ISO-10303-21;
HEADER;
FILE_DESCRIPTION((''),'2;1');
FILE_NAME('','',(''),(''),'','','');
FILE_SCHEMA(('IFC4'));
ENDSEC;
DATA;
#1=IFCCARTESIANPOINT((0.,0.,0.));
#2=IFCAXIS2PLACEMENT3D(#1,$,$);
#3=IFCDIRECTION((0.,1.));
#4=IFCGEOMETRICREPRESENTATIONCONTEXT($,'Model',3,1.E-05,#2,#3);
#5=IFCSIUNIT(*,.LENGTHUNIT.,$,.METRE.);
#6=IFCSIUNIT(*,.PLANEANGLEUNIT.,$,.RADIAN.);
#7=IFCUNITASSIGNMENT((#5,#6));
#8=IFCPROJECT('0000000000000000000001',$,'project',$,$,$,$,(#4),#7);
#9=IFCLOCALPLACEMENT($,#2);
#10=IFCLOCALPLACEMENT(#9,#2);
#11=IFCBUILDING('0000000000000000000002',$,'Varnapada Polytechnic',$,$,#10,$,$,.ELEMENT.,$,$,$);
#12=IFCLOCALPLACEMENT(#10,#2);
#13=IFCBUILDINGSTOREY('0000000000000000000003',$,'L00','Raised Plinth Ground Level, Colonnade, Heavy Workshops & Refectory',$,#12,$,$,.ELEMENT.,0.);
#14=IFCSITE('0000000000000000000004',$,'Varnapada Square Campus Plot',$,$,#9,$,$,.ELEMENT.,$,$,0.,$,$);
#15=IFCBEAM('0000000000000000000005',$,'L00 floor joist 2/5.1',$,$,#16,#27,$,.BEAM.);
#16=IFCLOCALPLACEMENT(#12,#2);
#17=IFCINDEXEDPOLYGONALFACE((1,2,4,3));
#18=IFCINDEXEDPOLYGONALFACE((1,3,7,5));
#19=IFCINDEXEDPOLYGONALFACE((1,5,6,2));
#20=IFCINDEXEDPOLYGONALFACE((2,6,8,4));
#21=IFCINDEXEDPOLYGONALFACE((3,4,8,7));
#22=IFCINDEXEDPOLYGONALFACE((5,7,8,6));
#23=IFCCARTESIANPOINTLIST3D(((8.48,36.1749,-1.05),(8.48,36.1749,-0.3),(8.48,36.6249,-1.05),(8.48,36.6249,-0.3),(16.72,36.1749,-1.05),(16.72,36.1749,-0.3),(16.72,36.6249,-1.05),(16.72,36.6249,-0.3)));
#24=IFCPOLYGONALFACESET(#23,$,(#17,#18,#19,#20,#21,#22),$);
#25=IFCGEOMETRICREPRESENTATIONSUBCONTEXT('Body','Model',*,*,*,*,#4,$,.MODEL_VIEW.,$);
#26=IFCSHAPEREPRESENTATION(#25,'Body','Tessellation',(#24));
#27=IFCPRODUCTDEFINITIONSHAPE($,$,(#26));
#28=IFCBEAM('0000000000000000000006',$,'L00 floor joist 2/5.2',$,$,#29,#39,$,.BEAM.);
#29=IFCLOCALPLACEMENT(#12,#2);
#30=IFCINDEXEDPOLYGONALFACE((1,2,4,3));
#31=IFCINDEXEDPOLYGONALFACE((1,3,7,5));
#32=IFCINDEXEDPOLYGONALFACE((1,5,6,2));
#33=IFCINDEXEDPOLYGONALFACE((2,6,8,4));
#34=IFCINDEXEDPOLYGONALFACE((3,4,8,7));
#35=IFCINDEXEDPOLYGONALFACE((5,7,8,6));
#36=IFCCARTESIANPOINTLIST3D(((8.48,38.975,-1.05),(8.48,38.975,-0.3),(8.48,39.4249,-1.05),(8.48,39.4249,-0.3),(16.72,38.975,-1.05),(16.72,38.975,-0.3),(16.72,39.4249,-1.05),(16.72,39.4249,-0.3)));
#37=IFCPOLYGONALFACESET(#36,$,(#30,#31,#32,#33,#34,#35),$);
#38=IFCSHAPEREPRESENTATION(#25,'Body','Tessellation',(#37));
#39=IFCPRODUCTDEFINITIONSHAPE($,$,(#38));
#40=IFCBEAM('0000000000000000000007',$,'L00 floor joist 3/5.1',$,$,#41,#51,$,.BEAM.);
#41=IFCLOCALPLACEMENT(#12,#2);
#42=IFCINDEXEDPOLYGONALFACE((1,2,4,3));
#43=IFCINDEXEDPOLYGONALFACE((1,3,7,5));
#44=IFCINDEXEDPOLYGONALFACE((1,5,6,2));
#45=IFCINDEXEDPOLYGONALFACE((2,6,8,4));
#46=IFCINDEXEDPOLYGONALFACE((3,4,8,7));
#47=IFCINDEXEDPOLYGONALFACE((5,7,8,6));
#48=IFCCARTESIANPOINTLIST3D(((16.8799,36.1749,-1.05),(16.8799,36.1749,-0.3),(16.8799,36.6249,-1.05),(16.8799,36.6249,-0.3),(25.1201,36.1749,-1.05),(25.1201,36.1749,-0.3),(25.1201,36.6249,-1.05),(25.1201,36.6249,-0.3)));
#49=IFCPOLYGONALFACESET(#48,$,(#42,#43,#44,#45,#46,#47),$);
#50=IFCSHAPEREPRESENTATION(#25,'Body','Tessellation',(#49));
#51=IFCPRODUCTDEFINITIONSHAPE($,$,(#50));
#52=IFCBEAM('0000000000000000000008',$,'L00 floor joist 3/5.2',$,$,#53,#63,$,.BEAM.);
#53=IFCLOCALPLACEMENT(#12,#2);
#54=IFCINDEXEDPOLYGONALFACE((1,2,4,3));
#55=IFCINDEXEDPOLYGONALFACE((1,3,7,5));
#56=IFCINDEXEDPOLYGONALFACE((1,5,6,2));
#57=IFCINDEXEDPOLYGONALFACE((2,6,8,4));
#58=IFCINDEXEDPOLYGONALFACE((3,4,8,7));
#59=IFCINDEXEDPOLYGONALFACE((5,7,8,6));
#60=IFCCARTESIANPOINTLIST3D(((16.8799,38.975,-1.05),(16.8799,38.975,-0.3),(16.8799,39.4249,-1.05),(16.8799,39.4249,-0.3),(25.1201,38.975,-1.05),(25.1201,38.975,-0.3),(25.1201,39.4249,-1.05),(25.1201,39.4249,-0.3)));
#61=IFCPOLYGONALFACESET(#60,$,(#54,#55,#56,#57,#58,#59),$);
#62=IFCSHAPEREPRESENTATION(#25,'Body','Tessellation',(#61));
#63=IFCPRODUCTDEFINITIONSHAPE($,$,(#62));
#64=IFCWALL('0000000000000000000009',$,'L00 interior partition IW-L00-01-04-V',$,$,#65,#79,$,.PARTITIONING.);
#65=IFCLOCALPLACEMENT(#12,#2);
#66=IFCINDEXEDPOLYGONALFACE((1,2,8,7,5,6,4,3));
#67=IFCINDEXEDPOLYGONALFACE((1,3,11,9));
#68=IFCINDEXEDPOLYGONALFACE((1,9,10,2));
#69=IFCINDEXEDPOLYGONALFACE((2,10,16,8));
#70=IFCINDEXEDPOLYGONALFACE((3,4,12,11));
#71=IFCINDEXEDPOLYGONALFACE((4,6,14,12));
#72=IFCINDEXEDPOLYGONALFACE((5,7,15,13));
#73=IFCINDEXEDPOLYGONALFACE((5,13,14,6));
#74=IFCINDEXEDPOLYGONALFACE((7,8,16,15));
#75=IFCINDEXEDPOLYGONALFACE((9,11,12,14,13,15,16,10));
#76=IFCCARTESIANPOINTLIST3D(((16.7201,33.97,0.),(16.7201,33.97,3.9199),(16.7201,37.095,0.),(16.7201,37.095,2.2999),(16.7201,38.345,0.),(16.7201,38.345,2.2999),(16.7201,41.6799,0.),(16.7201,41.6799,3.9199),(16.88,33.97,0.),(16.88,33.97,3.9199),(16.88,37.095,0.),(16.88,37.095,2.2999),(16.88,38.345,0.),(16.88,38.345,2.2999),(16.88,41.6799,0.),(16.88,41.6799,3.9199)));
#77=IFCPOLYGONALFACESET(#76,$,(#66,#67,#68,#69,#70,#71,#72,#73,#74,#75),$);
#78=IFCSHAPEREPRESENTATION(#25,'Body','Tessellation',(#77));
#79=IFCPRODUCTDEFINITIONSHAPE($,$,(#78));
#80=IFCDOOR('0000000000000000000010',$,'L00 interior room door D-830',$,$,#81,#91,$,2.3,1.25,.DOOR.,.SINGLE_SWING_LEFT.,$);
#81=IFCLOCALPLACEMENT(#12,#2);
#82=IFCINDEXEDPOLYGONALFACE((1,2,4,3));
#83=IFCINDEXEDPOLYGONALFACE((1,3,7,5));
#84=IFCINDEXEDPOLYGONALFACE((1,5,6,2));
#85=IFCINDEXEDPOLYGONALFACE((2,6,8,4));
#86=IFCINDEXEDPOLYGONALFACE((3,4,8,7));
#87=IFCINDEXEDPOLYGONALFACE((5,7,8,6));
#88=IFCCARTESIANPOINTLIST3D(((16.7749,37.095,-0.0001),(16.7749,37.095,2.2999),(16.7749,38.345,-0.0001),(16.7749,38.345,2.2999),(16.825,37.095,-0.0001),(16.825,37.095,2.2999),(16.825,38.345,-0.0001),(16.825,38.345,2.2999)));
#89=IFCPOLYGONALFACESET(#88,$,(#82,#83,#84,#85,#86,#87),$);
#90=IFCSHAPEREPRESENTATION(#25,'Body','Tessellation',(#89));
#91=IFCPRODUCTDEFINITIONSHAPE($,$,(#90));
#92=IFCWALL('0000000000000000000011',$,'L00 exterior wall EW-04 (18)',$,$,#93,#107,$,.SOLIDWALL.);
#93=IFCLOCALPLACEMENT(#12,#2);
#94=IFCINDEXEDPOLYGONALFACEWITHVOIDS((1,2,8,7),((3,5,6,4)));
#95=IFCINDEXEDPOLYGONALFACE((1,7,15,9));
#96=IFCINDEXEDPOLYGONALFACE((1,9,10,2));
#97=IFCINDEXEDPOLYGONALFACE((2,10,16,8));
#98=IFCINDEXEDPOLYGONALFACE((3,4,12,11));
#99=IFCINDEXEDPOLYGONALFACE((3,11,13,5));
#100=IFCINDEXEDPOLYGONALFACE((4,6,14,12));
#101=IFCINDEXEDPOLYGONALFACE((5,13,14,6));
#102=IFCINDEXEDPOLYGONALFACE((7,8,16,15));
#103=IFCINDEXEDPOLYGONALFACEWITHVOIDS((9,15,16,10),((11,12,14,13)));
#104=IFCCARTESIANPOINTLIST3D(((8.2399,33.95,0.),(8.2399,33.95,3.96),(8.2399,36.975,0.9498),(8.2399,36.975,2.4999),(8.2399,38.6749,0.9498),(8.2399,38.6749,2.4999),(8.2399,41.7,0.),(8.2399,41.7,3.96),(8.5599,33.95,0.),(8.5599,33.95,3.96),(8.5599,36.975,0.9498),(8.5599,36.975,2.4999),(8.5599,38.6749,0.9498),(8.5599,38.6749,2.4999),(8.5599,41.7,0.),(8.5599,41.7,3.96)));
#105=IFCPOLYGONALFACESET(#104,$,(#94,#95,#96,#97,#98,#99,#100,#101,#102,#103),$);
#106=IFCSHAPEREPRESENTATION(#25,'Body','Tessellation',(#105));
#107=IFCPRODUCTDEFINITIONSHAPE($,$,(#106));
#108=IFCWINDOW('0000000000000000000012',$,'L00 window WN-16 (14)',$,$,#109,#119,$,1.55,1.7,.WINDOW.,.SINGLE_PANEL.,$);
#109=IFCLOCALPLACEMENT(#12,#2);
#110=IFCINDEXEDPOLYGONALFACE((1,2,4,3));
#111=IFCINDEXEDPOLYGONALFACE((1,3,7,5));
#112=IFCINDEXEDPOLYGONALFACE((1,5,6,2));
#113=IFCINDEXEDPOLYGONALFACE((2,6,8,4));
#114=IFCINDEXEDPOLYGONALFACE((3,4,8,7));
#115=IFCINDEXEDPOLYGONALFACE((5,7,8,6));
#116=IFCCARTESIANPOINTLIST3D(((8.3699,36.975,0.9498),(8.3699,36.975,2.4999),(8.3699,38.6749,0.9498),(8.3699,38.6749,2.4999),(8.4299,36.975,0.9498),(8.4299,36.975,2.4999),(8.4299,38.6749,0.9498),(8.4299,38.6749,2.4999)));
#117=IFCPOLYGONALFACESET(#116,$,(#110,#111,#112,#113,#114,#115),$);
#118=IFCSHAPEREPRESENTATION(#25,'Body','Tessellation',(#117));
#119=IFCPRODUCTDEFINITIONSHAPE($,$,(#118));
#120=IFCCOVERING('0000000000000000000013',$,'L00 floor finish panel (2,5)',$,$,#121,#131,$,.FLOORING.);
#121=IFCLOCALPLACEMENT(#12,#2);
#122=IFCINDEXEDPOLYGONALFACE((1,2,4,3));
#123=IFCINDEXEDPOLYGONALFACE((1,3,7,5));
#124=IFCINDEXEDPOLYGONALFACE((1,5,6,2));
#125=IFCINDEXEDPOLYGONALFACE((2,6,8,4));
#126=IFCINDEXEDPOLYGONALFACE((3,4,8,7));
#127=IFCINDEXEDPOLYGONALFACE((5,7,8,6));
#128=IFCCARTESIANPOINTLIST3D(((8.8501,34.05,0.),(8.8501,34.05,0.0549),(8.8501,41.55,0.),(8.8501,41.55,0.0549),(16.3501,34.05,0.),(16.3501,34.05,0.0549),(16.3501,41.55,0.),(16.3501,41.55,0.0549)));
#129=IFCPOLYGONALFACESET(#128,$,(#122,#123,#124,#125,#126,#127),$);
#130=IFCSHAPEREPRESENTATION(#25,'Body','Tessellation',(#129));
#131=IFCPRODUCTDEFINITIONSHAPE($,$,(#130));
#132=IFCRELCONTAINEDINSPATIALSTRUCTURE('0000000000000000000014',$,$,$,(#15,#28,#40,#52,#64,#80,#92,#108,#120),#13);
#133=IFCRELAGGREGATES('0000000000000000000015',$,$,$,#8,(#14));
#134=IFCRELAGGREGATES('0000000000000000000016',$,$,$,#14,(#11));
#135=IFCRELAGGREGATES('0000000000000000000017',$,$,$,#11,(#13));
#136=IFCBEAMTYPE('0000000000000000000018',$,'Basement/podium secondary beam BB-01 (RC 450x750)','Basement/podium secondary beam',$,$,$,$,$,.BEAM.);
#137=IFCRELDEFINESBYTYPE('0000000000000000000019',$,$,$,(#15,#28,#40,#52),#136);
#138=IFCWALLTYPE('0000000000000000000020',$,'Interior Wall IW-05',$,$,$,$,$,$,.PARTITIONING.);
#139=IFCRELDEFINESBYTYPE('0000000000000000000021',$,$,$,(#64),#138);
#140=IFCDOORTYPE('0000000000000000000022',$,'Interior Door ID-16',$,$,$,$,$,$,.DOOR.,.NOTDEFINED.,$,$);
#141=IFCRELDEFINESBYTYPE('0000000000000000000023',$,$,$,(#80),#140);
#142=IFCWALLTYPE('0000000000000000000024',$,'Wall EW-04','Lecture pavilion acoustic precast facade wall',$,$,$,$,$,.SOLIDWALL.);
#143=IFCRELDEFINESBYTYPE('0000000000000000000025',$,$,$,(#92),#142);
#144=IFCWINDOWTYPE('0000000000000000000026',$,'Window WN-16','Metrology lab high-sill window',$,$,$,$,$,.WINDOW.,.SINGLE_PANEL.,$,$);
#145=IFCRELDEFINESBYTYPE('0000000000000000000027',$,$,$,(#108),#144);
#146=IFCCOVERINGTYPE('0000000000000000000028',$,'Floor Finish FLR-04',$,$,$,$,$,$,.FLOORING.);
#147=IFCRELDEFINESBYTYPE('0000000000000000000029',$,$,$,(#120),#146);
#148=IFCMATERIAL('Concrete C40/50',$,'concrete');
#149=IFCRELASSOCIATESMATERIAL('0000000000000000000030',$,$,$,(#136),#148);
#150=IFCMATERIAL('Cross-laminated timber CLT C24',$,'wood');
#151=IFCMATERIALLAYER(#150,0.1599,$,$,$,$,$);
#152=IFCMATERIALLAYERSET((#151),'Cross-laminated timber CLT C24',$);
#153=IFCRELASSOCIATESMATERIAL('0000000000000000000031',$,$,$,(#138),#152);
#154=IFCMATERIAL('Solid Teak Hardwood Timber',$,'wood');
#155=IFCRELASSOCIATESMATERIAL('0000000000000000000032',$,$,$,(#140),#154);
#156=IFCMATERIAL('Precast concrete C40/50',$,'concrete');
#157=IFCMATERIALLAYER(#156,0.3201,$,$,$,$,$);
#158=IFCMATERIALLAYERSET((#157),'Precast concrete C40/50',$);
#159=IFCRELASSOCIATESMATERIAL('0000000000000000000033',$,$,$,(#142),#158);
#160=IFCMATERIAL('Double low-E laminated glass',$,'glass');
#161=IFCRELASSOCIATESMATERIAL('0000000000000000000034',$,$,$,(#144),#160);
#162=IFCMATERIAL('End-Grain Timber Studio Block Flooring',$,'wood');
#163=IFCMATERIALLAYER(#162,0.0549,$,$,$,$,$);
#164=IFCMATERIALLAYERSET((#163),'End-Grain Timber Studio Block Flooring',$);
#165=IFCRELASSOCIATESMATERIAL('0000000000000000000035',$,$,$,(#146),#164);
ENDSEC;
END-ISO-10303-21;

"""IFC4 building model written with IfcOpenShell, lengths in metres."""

from ifc_helpers import new_model, si_unit, direction, frame, frame_2d, origin, origin_2d, place, context, subcontext, project, spatial, rectangle, extrude, material, layer, layer_set, material_profile, profile_set, type_object, element, fill, save


model = new_model("IFC4")

# Units and contexts
model_context = context("Model", 3, precision=1e-05, world=origin(), true_north=direction((0.0, 1.0)))
body_context = subcontext(model_context, "Body", "Model", "MODEL_VIEW")
ifc_project = project(units=[si_unit("LENGTHUNIT", "METRE"), si_unit("PLANEANGLEUNIT", "RADIAN")], contexts=[model_context])

# Site, building, storey
site_placement = place(None, origin())
site = spatial("IfcSite", under=ifc_project, at=site_placement, Name="Varnapada Square Campus Plot", CompositionType="ELEMENT", RefElevation=0.0)
building_placement = place(site_placement, origin())
building = spatial("IfcBuilding", under=site, at=building_placement, Name="Varnapada Polytechnic", CompositionType="ELEMENT")
storey_placement = place(building_placement, origin())
storey = spatial("IfcBuildingStorey", under=building, at=storey_placement, Name="L00", Description="Raised Plinth Ground Level, Colonnade, Heavy Workshops & Refectory", CompositionType="ELEMENT", Elevation=0.0)

# Beams
ifc_material_1 = material(Name="Concrete C40/50", Category="concrete")
ifc_material_profile = material_profile(ifc_material_1, rectangle(XDim=0.45, YDim=0.75, at=origin_2d()), Name="RC 450x750")
ifc_profile_set = profile_set([ifc_material_profile], Name="Concrete C40/50")
beam_type = type_object("IfcBeamType", Name="Basement/podium secondary beam BB-01 (RC 450x750)", Description="Basement/podium secondary beam", PredefinedType="BEAM", material=ifc_profile_set)
for number, where, z_axis, x_axis, name in (
    (1, (8.48, 36.3999, -0.675), (1.0, 0.0, 0.0), (0.0, 1.0, 0.0), "L00 floor joist 2/5.1"),
    (2, (8.48, 39.2, -0.675), (1.0, 0.0, 0.0), (0.0, 1.0, 0.0), "L00 floor joist 2/5.2"),
):
    element("IfcBeam", number, at=place(storey_placement, frame(where, z_axis=z_axis, x_axis=x_axis)), inside=storey, type_object=beam_type, Name=name, PredefinedType="BEAM", context=body_context, shape_type="SweptSolid", body=[
        extrude(rectangle(XDim=0.45, YDim=0.75, at=origin_2d()), origin(), (0.0, 0.0, 1.0), 8.24),
    ])
for number, where, z_axis, x_axis, name in (
    (3, (16.8799, 36.3999, -0.675), (1.0, 0.0, 0.0), (0.0, 1.0, 0.0), "L00 floor joist 3/5.1"),
    (4, (16.8799, 39.2, -0.675), (1.0, 0.0, 0.0), (0.0, 1.0, 0.0), "L00 floor joist 3/5.2"),
):
    element("IfcBeam", number, at=place(storey_placement, frame(where, z_axis=z_axis, x_axis=x_axis)), inside=storey, type_object=beam_type, Name=name, PredefinedType="BEAM", context=body_context, shape_type="SweptSolid", body=[
        extrude(rectangle(XDim=0.45, YDim=0.75, at=origin_2d()), origin(), (0.0, 0.0, 1.0), 8.2402),
    ])

# Wall, opening, door
ifc_material_2 = material(Name="Cross-laminated timber CLT C24", Category="wood")
ifc_layer_1 = layer(ifc_material_2, 0.1599)
ifc_layer_set_1 = layer_set([ifc_layer_1], Name="Cross-laminated timber CLT C24")
wall_type_1 = type_object("IfcWallType", Name="Interior Wall IW-05", PredefinedType="PARTITIONING", material=ifc_layer_set_1)
wall_1_placement = place(storey_placement, frame((16.8, 33.97, 0.0), z_axis=(0.0, 0.0, 1.0), x_axis=(0.0, 1.0, 0.0)))
wall_1 = element("IfcWall", 5, at=wall_1_placement, inside=storey, type_object=wall_type_1, Name="L00 interior partition IW-L00-01-04-V", PredefinedType="PARTITIONING", context=body_context, shape_type="SweptSolid", body=[
    extrude(rectangle(XDim=7.71, YDim=0.1599, at=frame_2d((3.855, 0.0))), origin(), (0.0, 0.0, 1.0), 3.9199),
])
opening_1_placement = place(wall_1_placement, frame((3.125, 0.0, 0.0)))
opening_1 = element("IfcOpeningElement", 6, at=opening_1_placement, cuts=wall_1, PredefinedType="OPENING", context=body_context, shape_type="SweptSolid", body=[
    extrude(rectangle(XDim=1.25, YDim=2.3, at=frame_2d((0.625, 1.1499))), frame((0.0, 0.0898, 0.0), z_axis=(0.0, -1.0, 0.0), x_axis=(1.0, 0.0, 0.0)), (0.0, 0.0, 1.0), 0.1799),
])
ifc_material_3 = material(Name="Solid Teak Hardwood Timber", Category="wood")
door_type = type_object("IfcDoorType", Name="Interior Door ID-16", OperationType="NOTDEFINED", PredefinedType="DOOR", material=ifc_material_3)
door_placement = place(opening_1_placement, frame((1.25, 0.0, 0.0), z_axis=(0.0, 0.0, 1.0), x_axis=(-1.0, 0.0, 0.0)))
door = element("IfcDoor", 7, at=door_placement, inside=storey, type_object=door_type, Name="L00 interior room door D-830", OperationType="SINGLE_SWING_LEFT", OverallHeight=2.3, OverallWidth=1.25, PredefinedType="DOOR", context=body_context, shape_type="SweptSolid", body=[
    extrude(rectangle(XDim=1.25, YDim=2.3, at=frame_2d((0.625, 1.1499))), frame((0.0, 0.0249, 0.0), z_axis=(0.0, -1.0, 0.0), x_axis=(1.0, 0.0, 0.0)), (0.0, 0.0, 1.0), 0.05),
])
fill(opening_1, door)

# Wall, opening, window
ifc_material_4 = material(Name="Precast concrete C40/50", Category="concrete")
ifc_layer_2 = layer(ifc_material_4, 0.3201)
ifc_layer_set_2 = layer_set([ifc_layer_2], Name="Precast concrete C40/50")
wall_type_2 = type_object("IfcWallType", Name="Wall EW-04", Description="Lecture pavilion acoustic precast facade wall", PredefinedType="SOLIDWALL", material=ifc_layer_set_2)
wall_2_placement = place(storey_placement, frame((8.3999, 33.95, 0.0), z_axis=(0.0, 0.0, 1.0), x_axis=(0.0, 1.0, 0.0)))
wall_2 = element("IfcWall", 8, at=wall_2_placement, inside=storey, type_object=wall_type_2, Name="L00 exterior wall EW-04 (18)", PredefinedType="SOLIDWALL", context=body_context, shape_type="SweptSolid", body=[
    extrude(rectangle(XDim=7.75, YDim=0.3201, at=frame_2d((3.875, 0.0))), origin(), (0.0, 0.0, 1.0), 3.96),
])
opening_2_placement = place(wall_2_placement, frame((3.0249, 0.0, 0.95)))
opening_2 = element("IfcOpeningElement", 9, at=opening_2_placement, cuts=wall_2, PredefinedType="OPENING", context=body_context, shape_type="SweptSolid", body=[
    extrude(rectangle(XDim=1.7, YDim=1.55, at=frame_2d((0.8501, 0.7749))), frame((0.0, 0.1699, 0.0), z_axis=(0.0, -1.0, 0.0), x_axis=(1.0, 0.0, 0.0)), (0.0, 0.0, 1.0), 0.3401),
])
ifc_material_5 = material(Name="Double low-E laminated glass", Category="glass")
window_type = type_object("IfcWindowType", Name="Window WN-16", Description="Metrology lab high-sill window", PartitioningType="SINGLE_PANEL", PredefinedType="WINDOW", material=ifc_material_5)
window_placement = place(opening_2_placement, origin())
window = element("IfcWindow", 10, at=window_placement, inside=storey, type_object=window_type, Name="L00 window WN-16 (14)", OverallHeight=1.55, OverallWidth=1.7, PartitioningType="SINGLE_PANEL", PredefinedType="WINDOW", context=body_context, shape_type="SweptSolid", body=[
    extrude(rectangle(XDim=1.7, YDim=1.55, at=frame_2d((0.8501, 0.7749))), frame((0.0, 0.03, 0.0), z_axis=(0.0, -1.0, 0.0), x_axis=(1.0, 0.0, 0.0)), (0.0, 0.0, 1.0), 0.0601),
])
fill(opening_2, window)

# Covering
ifc_material_6 = material(Name="End-Grain Timber Studio Block Flooring", Category="wood")
ifc_layer_3 = layer(ifc_material_6, 0.0549)
ifc_layer_set_3 = layer_set([ifc_layer_3], Name="End-Grain Timber Studio Block Flooring")
covering_type = type_object("IfcCoveringType", Name="Floor Finish FLR-04", PredefinedType="FLOORING", material=ifc_layer_set_3)
covering_placement = place(storey_placement, frame((12.6001, 37.8, 0.0), z_axis=(0.0, 0.0, 1.0), x_axis=(1.0, 0.0, 0.0)))
element("IfcCovering", 11, at=covering_placement, inside=storey, type_object=covering_type, Name="L00 floor finish panel (2,5)", PredefinedType="FLOORING", context=body_context, shape_type="SweptSolid", body=[
    extrude(rectangle(XDim=7.5, YDim=7.5, at=origin_2d()), origin(), (0.0, 0.0, 1.0), 0.0549),
])

save(model, "model.ifc")
